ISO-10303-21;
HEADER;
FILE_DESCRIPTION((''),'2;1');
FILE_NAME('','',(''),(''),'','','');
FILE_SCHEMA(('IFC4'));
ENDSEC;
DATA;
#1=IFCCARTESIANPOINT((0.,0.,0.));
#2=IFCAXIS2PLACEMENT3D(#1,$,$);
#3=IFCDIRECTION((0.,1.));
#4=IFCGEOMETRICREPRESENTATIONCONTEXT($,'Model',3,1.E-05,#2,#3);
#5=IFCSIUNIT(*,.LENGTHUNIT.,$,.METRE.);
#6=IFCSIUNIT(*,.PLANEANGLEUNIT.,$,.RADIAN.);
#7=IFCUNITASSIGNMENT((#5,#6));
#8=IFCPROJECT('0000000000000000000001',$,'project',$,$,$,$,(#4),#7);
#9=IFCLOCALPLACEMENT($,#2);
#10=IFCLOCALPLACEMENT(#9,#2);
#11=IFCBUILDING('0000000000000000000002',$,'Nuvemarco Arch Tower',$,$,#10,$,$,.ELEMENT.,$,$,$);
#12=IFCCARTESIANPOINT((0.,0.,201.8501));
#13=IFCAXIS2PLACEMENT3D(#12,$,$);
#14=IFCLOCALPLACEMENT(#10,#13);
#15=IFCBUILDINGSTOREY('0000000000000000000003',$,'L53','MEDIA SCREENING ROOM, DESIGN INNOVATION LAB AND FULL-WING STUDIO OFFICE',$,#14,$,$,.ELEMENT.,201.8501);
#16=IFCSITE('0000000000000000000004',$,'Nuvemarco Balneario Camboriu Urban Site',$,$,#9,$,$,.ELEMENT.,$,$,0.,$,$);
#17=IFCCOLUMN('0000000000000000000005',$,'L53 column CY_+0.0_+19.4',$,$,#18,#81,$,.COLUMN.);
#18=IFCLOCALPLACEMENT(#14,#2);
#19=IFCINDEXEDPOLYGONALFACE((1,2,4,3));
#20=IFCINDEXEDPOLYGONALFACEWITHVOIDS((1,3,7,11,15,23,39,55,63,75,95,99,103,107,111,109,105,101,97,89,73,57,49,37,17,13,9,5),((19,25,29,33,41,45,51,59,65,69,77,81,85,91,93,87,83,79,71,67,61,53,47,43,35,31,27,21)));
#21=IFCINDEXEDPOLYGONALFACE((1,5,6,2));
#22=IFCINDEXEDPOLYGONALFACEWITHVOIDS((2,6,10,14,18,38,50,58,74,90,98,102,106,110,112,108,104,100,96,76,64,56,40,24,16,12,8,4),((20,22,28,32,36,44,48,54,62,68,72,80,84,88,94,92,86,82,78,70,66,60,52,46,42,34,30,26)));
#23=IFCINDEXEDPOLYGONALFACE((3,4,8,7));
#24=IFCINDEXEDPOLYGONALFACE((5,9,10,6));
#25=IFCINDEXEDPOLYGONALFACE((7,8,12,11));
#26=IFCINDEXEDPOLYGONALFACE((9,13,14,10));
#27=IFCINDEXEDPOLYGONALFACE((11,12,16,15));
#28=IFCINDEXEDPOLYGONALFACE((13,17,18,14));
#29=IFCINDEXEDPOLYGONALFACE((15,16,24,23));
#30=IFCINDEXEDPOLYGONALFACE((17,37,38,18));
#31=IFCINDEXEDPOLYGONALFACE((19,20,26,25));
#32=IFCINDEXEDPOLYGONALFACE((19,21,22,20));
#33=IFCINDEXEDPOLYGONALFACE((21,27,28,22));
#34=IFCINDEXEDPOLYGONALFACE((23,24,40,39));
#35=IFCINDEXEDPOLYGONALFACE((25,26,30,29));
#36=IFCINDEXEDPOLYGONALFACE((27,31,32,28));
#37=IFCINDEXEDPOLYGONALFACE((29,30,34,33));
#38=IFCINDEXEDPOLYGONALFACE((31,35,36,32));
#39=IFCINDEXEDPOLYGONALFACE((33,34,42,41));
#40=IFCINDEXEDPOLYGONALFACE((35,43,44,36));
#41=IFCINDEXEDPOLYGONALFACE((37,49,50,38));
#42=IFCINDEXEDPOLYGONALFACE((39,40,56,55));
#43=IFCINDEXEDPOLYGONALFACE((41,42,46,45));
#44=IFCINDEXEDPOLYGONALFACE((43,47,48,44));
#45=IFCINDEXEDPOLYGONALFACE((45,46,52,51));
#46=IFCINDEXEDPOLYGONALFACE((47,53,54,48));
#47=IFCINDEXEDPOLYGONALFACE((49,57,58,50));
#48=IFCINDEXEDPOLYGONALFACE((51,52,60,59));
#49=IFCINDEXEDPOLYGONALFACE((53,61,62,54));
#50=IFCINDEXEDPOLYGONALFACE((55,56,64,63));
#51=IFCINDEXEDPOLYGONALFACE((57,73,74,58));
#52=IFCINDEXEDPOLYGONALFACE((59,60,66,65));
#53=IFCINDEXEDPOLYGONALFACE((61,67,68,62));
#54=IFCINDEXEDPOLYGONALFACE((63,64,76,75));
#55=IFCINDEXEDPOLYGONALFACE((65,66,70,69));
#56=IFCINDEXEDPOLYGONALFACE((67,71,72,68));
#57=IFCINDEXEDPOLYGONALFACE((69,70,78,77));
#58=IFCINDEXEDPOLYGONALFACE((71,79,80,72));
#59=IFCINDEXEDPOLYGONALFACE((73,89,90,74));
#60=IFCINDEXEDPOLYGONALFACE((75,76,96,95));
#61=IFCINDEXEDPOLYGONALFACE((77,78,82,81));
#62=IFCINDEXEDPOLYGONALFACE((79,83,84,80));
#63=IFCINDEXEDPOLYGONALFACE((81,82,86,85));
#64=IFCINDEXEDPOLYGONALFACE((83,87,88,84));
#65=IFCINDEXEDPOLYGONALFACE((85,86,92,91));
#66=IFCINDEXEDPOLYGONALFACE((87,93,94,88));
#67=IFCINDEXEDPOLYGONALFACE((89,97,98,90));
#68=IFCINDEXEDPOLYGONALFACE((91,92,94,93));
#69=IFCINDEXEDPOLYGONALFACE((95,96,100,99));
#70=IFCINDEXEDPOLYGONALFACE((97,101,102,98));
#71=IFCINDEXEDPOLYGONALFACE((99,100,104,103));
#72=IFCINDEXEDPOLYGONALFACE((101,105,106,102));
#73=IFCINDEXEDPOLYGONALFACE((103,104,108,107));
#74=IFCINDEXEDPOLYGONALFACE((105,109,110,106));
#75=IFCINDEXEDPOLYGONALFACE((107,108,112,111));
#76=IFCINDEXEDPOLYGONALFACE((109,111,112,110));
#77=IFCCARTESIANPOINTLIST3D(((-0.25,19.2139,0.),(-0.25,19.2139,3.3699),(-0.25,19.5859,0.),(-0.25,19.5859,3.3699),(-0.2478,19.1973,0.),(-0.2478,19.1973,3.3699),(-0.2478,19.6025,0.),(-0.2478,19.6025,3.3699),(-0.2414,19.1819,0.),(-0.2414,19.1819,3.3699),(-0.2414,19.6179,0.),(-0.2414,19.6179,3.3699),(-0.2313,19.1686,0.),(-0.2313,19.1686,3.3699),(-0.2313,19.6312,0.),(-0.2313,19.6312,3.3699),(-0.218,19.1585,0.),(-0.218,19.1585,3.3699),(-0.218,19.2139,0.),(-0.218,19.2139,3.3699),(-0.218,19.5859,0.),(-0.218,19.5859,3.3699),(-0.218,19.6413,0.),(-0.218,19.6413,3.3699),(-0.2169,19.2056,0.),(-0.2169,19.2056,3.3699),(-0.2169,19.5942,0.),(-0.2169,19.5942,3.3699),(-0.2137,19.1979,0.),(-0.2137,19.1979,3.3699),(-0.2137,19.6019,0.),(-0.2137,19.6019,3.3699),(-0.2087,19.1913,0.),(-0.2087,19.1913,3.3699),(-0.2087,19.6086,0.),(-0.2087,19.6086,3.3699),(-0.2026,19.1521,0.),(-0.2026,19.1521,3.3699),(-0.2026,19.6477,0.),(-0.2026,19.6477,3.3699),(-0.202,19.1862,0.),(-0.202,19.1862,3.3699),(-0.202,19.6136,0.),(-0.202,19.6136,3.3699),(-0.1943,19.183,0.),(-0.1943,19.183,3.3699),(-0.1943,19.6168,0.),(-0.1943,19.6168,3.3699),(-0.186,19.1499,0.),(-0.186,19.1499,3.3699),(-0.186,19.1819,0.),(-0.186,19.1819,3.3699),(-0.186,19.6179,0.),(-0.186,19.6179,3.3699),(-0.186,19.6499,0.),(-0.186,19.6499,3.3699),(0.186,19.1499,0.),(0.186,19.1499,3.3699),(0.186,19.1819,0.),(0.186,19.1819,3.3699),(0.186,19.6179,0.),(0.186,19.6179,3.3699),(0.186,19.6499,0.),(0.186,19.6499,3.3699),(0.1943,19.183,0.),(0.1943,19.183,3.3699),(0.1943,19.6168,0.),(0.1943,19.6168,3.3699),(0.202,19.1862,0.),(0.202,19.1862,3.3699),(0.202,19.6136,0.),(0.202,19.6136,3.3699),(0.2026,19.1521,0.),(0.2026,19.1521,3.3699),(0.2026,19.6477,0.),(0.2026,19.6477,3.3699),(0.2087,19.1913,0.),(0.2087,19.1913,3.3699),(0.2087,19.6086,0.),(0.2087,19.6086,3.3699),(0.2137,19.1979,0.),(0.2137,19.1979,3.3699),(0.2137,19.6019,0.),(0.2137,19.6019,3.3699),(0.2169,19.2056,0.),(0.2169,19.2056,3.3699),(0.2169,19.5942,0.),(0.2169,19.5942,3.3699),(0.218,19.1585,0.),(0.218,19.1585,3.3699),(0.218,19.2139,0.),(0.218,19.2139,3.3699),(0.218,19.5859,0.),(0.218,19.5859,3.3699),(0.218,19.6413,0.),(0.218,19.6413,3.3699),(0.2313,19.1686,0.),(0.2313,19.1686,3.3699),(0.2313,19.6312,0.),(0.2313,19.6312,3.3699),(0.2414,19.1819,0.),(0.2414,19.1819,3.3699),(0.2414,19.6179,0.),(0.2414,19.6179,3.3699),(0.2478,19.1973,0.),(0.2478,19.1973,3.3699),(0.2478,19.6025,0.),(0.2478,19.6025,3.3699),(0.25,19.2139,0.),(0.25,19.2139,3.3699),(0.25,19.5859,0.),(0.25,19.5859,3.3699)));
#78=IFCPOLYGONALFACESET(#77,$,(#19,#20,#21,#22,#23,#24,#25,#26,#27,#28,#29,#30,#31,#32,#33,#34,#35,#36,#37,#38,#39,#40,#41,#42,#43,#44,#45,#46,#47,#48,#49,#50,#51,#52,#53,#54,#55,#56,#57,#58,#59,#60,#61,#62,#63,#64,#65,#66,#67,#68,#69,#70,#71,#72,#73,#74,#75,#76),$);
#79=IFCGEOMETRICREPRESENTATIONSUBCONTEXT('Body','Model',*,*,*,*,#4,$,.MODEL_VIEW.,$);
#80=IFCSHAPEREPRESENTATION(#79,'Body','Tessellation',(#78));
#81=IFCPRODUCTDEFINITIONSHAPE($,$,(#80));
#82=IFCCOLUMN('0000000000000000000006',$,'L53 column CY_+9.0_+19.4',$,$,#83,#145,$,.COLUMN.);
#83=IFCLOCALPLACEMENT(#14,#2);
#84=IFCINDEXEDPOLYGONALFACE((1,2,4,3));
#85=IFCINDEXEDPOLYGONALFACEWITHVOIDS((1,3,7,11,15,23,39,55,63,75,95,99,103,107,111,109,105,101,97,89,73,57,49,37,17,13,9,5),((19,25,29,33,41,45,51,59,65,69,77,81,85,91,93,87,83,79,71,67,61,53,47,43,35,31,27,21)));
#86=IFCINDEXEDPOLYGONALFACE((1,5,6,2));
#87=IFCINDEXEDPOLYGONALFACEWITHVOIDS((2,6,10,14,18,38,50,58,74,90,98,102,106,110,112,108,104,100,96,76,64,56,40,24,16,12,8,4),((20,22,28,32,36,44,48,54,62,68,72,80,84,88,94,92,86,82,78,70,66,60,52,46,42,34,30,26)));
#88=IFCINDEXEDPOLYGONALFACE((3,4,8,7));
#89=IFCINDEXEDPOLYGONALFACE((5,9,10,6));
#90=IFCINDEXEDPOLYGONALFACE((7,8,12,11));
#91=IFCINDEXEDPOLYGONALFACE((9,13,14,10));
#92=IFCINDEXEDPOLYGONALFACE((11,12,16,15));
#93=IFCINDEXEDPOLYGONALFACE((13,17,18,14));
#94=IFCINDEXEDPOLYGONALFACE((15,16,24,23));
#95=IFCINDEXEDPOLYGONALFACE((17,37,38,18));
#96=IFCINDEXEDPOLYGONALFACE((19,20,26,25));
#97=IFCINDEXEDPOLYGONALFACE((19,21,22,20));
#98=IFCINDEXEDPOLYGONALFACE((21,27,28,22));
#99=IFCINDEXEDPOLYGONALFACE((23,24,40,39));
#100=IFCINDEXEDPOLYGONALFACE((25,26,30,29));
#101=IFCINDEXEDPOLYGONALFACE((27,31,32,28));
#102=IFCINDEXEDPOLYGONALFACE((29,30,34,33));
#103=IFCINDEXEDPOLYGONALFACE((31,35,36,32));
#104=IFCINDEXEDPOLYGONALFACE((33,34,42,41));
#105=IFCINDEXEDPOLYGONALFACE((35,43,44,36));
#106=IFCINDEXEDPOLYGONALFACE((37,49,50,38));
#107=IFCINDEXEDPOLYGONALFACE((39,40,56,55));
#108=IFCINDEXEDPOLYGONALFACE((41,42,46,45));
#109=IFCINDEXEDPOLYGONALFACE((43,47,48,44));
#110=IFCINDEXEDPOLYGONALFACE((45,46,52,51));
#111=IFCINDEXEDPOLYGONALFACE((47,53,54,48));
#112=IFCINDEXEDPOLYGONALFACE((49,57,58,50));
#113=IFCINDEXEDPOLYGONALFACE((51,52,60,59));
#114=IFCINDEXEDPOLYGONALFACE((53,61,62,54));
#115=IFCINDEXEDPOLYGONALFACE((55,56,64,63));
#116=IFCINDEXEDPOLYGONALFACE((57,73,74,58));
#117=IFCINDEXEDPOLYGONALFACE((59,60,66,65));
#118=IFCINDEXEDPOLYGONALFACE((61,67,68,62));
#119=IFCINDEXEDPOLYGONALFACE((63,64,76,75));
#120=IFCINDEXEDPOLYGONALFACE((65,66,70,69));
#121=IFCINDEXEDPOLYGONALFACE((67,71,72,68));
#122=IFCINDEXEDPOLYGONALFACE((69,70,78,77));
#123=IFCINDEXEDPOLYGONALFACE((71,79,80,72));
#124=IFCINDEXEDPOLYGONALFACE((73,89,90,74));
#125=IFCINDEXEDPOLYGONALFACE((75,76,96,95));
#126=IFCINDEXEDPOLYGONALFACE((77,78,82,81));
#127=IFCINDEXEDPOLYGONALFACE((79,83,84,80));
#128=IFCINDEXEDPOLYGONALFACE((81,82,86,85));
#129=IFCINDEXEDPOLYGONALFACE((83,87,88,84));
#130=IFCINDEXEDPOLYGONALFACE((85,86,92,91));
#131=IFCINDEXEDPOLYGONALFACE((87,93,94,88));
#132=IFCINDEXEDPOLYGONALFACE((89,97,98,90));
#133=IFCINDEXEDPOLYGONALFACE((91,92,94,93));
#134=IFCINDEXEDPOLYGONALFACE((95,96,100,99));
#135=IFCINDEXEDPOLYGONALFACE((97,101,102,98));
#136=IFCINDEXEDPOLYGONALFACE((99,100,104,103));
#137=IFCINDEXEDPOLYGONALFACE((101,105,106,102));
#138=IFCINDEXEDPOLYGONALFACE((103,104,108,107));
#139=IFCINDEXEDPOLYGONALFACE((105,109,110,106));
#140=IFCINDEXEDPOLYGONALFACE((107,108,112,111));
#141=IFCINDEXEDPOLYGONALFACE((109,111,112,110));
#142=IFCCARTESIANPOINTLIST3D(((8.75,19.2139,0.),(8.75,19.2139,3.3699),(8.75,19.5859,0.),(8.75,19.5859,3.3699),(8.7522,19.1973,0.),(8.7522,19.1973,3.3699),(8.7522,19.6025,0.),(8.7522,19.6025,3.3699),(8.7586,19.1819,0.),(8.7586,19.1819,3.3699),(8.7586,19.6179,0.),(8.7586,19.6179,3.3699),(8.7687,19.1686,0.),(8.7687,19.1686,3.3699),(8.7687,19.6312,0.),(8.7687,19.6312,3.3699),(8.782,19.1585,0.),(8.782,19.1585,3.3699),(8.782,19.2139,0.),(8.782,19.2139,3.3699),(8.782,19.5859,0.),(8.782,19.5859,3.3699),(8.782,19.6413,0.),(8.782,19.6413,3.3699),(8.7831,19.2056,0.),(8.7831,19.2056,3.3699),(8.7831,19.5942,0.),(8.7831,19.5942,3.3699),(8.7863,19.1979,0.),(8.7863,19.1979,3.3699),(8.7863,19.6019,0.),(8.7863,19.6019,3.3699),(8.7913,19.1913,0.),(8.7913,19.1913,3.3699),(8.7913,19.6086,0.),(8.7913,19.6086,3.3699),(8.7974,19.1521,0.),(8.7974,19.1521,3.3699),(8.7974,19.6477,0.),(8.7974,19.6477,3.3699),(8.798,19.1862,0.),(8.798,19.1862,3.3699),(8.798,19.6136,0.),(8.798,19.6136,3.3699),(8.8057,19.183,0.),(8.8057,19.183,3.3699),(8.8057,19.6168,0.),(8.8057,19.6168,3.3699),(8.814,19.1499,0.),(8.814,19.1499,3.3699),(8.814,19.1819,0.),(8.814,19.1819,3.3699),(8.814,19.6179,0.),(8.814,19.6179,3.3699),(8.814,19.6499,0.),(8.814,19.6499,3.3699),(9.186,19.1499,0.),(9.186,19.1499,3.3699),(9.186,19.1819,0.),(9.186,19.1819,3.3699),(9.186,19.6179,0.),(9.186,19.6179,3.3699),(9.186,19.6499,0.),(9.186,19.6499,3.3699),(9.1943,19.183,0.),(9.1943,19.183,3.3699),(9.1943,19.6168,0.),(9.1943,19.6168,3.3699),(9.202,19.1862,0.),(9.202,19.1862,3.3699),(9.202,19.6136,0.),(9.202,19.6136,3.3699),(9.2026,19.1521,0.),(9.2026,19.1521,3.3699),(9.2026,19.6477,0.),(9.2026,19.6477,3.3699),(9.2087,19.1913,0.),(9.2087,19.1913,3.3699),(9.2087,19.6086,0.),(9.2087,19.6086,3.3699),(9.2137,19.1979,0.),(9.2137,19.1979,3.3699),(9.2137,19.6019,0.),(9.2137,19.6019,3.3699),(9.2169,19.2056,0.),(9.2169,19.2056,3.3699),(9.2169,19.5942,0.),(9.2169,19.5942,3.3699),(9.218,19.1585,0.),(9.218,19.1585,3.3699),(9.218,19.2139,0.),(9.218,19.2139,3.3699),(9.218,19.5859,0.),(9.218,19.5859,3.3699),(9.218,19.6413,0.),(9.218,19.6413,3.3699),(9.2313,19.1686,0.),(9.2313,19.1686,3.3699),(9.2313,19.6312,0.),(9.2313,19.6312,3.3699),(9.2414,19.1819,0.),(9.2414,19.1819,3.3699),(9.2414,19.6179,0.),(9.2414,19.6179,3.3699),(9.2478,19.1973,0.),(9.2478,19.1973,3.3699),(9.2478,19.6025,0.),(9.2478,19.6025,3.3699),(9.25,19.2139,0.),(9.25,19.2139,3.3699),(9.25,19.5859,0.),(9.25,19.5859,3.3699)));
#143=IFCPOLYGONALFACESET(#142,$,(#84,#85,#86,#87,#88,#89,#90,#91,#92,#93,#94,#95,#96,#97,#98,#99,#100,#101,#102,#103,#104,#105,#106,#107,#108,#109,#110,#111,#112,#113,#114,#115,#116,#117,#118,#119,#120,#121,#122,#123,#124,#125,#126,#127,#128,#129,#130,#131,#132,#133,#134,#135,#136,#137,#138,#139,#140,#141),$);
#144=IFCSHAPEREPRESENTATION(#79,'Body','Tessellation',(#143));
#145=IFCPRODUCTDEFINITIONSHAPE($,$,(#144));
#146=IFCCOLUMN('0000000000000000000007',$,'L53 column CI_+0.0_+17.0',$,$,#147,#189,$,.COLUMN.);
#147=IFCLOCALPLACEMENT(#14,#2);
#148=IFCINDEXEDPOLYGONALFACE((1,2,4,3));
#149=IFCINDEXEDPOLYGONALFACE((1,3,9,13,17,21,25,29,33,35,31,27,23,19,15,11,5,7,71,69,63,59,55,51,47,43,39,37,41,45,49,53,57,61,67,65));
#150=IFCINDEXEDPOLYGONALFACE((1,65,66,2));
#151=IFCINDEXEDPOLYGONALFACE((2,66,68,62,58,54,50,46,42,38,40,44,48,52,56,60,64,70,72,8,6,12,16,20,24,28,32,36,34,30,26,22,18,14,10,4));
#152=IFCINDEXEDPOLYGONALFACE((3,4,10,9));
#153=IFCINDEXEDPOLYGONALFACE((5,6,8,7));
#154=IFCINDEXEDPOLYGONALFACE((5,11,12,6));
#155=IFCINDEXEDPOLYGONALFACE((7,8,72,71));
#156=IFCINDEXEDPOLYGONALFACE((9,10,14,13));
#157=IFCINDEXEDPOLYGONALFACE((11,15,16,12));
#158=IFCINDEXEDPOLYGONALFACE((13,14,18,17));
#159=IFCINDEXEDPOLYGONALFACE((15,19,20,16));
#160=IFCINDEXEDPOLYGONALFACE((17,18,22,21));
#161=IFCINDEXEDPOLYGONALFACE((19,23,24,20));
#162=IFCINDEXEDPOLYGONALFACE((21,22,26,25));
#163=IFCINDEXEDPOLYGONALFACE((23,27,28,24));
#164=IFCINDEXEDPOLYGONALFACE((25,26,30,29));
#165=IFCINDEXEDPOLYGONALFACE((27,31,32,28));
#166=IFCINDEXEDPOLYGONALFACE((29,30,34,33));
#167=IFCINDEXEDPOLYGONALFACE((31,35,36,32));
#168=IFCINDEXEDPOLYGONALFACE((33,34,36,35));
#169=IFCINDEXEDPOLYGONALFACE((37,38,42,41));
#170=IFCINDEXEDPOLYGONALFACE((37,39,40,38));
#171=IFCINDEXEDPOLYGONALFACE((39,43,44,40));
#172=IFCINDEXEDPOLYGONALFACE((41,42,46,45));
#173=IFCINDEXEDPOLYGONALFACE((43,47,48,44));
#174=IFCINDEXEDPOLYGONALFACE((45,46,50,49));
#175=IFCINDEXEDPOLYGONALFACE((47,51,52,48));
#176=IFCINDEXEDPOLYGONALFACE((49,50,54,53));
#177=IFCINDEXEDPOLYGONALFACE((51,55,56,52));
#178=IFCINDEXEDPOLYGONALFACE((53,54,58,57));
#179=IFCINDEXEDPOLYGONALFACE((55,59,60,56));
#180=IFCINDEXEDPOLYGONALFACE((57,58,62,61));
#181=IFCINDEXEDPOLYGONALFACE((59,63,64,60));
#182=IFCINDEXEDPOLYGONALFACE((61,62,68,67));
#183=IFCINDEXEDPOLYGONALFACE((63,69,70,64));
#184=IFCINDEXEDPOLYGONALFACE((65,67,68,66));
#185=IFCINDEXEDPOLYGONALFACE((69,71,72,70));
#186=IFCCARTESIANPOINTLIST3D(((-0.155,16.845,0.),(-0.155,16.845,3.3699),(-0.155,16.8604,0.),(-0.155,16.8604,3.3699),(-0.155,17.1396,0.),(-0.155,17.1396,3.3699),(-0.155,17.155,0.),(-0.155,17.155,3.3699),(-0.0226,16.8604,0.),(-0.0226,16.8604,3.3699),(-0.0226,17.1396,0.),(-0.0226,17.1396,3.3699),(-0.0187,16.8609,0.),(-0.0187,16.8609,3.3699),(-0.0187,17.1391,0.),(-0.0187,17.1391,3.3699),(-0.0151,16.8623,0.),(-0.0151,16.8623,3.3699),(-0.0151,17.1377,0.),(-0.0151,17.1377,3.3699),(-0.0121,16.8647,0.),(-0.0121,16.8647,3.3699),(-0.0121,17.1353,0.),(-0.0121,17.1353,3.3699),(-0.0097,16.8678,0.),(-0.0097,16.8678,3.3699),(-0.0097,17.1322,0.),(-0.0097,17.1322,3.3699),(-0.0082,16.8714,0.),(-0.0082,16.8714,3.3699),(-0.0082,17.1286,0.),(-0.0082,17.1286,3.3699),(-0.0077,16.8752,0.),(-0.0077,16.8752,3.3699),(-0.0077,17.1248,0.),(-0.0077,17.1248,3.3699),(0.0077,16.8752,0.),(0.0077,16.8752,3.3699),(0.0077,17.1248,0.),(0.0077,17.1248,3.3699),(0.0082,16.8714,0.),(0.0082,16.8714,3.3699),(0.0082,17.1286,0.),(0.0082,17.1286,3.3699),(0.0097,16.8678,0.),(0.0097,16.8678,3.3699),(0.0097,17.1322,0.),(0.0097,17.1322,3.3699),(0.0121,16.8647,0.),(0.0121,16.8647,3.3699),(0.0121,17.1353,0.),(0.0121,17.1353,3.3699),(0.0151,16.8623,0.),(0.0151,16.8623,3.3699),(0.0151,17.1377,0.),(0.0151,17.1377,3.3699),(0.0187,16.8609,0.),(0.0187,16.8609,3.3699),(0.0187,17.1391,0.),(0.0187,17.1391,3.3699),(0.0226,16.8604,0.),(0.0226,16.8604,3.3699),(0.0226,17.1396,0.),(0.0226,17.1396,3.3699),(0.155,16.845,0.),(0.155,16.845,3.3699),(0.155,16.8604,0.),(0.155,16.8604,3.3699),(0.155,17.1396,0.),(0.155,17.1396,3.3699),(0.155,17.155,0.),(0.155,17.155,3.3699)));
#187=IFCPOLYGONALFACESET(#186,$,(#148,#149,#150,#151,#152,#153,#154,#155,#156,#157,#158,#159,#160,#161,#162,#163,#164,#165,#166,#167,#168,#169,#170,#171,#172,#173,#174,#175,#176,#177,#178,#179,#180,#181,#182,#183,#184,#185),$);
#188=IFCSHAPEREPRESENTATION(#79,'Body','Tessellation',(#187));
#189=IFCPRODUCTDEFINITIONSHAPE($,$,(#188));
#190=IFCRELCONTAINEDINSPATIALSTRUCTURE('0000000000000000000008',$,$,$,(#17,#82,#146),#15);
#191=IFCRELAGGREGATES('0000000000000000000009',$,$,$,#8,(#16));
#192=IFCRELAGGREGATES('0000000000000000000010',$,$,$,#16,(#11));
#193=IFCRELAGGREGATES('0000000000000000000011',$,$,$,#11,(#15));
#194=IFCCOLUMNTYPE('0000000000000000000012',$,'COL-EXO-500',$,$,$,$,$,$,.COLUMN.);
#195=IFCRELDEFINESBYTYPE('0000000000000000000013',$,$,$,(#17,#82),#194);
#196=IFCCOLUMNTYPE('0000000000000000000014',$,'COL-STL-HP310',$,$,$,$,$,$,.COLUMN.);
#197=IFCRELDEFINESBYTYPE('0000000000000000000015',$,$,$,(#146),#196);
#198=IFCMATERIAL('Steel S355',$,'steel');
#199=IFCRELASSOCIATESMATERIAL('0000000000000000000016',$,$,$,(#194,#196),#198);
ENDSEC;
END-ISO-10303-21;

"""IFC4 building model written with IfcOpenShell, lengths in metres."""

from ifc_helpers import new_model, si_unit, direction, frame, origin, origin_2d, place, context, subcontext, project, spatial, hollow_rectangle, i_section, extrude, material, material_profile, profile_set, type_object, element, save


model = new_model("IFC4")

# Units and contexts
model_context = context("Model", 3, precision=1e-05, world=origin(), true_north=direction((0.0, 1.0)))
body_context = subcontext(model_context, "Body", "Model", "MODEL_VIEW")
ifc_project = project(units=[si_unit("LENGTHUNIT", "METRE"), si_unit("PLANEANGLEUNIT", "RADIAN")], contexts=[model_context])

# Site, building, storey
site_placement = place(None, origin())
site = spatial("IfcSite", under=ifc_project, at=site_placement, Name="Nuvemarco Balneario Camboriu Urban Site", CompositionType="ELEMENT", RefElevation=0.0)
building_placement = place(site_placement, origin())
building = spatial("IfcBuilding", under=site, at=building_placement, Name="Nuvemarco Arch Tower", CompositionType="ELEMENT")
storey_placement = place(building_placement, frame((0.0, 0.0, 201.8501)))
storey = spatial("IfcBuildingStorey", under=building, at=storey_placement, Name="L53", Description="MEDIA SCREENING ROOM, DESIGN INNOVATION LAB AND FULL-WING STUDIO OFFICE", CompositionType="ELEMENT", Elevation=201.8501)

# Columns
ifc_material_1 = material(Name="Steel S355", Category="steel")
ifc_material_profile_1 = material_profile(ifc_material_1, hollow_rectangle(XDim=0.5, YDim=0.5, WallThickness=0.032, InnerFilletRadius=0.032, OuterFilletRadius=0.064, at=origin_2d()), Name="SHS500x500x32")
ifc_profile_set_1 = profile_set([ifc_material_profile_1], Name="Steel S355")
column_type_1 = type_object("IfcColumnType", Name="COL-EXO-500", PredefinedType="COLUMN", material=ifc_profile_set_1)
for number, where, z_axis, x_axis, name in (
    (1, (0.0, 19.3999, 0.0), (0.0, 0.0, 1.0), (1.0, 0.0, 0.0), "L53 column CY_+0.0_+19.4"),
    (2, (9.0, 19.3999, 0.0), (0.0, 0.0, 1.0), (1.0, 0.0, 0.0), "L53 column CY_+9.0_+19.4"),
):
    element("IfcColumn", number, at=place(storey_placement, frame(where, z_axis=z_axis, x_axis=x_axis)), inside=storey, type_object=column_type_1, Name=name, PredefinedType="COLUMN", context=body_context, shape_type="SweptSolid", body=[
        extrude(hollow_rectangle(XDim=0.5, YDim=0.5, WallThickness=0.032, InnerFilletRadius=0.032, OuterFilletRadius=0.064, at=origin_2d()), origin(), (0.0, 0.0, 1.0), 3.3699),
    ])
ifc_material_profile_2 = material_profile(ifc_material_1, i_section(OverallWidth=0.3101, OverallDepth=0.3101, WebThickness=0.0154, FlangeThickness=0.0154, FilletRadius=0.0149, at=origin_2d()), Name="HP310x110")
ifc_profile_set_2 = profile_set([ifc_material_profile_2], Name="Steel S355")
column_type_2 = type_object("IfcColumnType", Name="COL-STL-HP310", PredefinedType="COLUMN", material=ifc_profile_set_2)
for number, where, z_axis, x_axis, name in (
    (3, (0.0, 17.0, 0.0), (0.0, 0.0, 1.0), (1.0, 0.0, 0.0), "L53 column CI_+0.0_+17.0"),
):
    element("IfcColumn", number, at=place(storey_placement, frame(where, z_axis=z_axis, x_axis=x_axis)), inside=storey, type_object=column_type_2, Name=name, PredefinedType="COLUMN", context=body_context, shape_type="SweptSolid", body=[
        extrude(i_section(OverallWidth=0.3101, OverallDepth=0.3101, WebThickness=0.0154, FlangeThickness=0.0154, FilletRadius=0.0149, at=origin_2d()), origin(), (0.0, 0.0, 1.0), 3.3699),
    ])

save(model, "model.ifc")
